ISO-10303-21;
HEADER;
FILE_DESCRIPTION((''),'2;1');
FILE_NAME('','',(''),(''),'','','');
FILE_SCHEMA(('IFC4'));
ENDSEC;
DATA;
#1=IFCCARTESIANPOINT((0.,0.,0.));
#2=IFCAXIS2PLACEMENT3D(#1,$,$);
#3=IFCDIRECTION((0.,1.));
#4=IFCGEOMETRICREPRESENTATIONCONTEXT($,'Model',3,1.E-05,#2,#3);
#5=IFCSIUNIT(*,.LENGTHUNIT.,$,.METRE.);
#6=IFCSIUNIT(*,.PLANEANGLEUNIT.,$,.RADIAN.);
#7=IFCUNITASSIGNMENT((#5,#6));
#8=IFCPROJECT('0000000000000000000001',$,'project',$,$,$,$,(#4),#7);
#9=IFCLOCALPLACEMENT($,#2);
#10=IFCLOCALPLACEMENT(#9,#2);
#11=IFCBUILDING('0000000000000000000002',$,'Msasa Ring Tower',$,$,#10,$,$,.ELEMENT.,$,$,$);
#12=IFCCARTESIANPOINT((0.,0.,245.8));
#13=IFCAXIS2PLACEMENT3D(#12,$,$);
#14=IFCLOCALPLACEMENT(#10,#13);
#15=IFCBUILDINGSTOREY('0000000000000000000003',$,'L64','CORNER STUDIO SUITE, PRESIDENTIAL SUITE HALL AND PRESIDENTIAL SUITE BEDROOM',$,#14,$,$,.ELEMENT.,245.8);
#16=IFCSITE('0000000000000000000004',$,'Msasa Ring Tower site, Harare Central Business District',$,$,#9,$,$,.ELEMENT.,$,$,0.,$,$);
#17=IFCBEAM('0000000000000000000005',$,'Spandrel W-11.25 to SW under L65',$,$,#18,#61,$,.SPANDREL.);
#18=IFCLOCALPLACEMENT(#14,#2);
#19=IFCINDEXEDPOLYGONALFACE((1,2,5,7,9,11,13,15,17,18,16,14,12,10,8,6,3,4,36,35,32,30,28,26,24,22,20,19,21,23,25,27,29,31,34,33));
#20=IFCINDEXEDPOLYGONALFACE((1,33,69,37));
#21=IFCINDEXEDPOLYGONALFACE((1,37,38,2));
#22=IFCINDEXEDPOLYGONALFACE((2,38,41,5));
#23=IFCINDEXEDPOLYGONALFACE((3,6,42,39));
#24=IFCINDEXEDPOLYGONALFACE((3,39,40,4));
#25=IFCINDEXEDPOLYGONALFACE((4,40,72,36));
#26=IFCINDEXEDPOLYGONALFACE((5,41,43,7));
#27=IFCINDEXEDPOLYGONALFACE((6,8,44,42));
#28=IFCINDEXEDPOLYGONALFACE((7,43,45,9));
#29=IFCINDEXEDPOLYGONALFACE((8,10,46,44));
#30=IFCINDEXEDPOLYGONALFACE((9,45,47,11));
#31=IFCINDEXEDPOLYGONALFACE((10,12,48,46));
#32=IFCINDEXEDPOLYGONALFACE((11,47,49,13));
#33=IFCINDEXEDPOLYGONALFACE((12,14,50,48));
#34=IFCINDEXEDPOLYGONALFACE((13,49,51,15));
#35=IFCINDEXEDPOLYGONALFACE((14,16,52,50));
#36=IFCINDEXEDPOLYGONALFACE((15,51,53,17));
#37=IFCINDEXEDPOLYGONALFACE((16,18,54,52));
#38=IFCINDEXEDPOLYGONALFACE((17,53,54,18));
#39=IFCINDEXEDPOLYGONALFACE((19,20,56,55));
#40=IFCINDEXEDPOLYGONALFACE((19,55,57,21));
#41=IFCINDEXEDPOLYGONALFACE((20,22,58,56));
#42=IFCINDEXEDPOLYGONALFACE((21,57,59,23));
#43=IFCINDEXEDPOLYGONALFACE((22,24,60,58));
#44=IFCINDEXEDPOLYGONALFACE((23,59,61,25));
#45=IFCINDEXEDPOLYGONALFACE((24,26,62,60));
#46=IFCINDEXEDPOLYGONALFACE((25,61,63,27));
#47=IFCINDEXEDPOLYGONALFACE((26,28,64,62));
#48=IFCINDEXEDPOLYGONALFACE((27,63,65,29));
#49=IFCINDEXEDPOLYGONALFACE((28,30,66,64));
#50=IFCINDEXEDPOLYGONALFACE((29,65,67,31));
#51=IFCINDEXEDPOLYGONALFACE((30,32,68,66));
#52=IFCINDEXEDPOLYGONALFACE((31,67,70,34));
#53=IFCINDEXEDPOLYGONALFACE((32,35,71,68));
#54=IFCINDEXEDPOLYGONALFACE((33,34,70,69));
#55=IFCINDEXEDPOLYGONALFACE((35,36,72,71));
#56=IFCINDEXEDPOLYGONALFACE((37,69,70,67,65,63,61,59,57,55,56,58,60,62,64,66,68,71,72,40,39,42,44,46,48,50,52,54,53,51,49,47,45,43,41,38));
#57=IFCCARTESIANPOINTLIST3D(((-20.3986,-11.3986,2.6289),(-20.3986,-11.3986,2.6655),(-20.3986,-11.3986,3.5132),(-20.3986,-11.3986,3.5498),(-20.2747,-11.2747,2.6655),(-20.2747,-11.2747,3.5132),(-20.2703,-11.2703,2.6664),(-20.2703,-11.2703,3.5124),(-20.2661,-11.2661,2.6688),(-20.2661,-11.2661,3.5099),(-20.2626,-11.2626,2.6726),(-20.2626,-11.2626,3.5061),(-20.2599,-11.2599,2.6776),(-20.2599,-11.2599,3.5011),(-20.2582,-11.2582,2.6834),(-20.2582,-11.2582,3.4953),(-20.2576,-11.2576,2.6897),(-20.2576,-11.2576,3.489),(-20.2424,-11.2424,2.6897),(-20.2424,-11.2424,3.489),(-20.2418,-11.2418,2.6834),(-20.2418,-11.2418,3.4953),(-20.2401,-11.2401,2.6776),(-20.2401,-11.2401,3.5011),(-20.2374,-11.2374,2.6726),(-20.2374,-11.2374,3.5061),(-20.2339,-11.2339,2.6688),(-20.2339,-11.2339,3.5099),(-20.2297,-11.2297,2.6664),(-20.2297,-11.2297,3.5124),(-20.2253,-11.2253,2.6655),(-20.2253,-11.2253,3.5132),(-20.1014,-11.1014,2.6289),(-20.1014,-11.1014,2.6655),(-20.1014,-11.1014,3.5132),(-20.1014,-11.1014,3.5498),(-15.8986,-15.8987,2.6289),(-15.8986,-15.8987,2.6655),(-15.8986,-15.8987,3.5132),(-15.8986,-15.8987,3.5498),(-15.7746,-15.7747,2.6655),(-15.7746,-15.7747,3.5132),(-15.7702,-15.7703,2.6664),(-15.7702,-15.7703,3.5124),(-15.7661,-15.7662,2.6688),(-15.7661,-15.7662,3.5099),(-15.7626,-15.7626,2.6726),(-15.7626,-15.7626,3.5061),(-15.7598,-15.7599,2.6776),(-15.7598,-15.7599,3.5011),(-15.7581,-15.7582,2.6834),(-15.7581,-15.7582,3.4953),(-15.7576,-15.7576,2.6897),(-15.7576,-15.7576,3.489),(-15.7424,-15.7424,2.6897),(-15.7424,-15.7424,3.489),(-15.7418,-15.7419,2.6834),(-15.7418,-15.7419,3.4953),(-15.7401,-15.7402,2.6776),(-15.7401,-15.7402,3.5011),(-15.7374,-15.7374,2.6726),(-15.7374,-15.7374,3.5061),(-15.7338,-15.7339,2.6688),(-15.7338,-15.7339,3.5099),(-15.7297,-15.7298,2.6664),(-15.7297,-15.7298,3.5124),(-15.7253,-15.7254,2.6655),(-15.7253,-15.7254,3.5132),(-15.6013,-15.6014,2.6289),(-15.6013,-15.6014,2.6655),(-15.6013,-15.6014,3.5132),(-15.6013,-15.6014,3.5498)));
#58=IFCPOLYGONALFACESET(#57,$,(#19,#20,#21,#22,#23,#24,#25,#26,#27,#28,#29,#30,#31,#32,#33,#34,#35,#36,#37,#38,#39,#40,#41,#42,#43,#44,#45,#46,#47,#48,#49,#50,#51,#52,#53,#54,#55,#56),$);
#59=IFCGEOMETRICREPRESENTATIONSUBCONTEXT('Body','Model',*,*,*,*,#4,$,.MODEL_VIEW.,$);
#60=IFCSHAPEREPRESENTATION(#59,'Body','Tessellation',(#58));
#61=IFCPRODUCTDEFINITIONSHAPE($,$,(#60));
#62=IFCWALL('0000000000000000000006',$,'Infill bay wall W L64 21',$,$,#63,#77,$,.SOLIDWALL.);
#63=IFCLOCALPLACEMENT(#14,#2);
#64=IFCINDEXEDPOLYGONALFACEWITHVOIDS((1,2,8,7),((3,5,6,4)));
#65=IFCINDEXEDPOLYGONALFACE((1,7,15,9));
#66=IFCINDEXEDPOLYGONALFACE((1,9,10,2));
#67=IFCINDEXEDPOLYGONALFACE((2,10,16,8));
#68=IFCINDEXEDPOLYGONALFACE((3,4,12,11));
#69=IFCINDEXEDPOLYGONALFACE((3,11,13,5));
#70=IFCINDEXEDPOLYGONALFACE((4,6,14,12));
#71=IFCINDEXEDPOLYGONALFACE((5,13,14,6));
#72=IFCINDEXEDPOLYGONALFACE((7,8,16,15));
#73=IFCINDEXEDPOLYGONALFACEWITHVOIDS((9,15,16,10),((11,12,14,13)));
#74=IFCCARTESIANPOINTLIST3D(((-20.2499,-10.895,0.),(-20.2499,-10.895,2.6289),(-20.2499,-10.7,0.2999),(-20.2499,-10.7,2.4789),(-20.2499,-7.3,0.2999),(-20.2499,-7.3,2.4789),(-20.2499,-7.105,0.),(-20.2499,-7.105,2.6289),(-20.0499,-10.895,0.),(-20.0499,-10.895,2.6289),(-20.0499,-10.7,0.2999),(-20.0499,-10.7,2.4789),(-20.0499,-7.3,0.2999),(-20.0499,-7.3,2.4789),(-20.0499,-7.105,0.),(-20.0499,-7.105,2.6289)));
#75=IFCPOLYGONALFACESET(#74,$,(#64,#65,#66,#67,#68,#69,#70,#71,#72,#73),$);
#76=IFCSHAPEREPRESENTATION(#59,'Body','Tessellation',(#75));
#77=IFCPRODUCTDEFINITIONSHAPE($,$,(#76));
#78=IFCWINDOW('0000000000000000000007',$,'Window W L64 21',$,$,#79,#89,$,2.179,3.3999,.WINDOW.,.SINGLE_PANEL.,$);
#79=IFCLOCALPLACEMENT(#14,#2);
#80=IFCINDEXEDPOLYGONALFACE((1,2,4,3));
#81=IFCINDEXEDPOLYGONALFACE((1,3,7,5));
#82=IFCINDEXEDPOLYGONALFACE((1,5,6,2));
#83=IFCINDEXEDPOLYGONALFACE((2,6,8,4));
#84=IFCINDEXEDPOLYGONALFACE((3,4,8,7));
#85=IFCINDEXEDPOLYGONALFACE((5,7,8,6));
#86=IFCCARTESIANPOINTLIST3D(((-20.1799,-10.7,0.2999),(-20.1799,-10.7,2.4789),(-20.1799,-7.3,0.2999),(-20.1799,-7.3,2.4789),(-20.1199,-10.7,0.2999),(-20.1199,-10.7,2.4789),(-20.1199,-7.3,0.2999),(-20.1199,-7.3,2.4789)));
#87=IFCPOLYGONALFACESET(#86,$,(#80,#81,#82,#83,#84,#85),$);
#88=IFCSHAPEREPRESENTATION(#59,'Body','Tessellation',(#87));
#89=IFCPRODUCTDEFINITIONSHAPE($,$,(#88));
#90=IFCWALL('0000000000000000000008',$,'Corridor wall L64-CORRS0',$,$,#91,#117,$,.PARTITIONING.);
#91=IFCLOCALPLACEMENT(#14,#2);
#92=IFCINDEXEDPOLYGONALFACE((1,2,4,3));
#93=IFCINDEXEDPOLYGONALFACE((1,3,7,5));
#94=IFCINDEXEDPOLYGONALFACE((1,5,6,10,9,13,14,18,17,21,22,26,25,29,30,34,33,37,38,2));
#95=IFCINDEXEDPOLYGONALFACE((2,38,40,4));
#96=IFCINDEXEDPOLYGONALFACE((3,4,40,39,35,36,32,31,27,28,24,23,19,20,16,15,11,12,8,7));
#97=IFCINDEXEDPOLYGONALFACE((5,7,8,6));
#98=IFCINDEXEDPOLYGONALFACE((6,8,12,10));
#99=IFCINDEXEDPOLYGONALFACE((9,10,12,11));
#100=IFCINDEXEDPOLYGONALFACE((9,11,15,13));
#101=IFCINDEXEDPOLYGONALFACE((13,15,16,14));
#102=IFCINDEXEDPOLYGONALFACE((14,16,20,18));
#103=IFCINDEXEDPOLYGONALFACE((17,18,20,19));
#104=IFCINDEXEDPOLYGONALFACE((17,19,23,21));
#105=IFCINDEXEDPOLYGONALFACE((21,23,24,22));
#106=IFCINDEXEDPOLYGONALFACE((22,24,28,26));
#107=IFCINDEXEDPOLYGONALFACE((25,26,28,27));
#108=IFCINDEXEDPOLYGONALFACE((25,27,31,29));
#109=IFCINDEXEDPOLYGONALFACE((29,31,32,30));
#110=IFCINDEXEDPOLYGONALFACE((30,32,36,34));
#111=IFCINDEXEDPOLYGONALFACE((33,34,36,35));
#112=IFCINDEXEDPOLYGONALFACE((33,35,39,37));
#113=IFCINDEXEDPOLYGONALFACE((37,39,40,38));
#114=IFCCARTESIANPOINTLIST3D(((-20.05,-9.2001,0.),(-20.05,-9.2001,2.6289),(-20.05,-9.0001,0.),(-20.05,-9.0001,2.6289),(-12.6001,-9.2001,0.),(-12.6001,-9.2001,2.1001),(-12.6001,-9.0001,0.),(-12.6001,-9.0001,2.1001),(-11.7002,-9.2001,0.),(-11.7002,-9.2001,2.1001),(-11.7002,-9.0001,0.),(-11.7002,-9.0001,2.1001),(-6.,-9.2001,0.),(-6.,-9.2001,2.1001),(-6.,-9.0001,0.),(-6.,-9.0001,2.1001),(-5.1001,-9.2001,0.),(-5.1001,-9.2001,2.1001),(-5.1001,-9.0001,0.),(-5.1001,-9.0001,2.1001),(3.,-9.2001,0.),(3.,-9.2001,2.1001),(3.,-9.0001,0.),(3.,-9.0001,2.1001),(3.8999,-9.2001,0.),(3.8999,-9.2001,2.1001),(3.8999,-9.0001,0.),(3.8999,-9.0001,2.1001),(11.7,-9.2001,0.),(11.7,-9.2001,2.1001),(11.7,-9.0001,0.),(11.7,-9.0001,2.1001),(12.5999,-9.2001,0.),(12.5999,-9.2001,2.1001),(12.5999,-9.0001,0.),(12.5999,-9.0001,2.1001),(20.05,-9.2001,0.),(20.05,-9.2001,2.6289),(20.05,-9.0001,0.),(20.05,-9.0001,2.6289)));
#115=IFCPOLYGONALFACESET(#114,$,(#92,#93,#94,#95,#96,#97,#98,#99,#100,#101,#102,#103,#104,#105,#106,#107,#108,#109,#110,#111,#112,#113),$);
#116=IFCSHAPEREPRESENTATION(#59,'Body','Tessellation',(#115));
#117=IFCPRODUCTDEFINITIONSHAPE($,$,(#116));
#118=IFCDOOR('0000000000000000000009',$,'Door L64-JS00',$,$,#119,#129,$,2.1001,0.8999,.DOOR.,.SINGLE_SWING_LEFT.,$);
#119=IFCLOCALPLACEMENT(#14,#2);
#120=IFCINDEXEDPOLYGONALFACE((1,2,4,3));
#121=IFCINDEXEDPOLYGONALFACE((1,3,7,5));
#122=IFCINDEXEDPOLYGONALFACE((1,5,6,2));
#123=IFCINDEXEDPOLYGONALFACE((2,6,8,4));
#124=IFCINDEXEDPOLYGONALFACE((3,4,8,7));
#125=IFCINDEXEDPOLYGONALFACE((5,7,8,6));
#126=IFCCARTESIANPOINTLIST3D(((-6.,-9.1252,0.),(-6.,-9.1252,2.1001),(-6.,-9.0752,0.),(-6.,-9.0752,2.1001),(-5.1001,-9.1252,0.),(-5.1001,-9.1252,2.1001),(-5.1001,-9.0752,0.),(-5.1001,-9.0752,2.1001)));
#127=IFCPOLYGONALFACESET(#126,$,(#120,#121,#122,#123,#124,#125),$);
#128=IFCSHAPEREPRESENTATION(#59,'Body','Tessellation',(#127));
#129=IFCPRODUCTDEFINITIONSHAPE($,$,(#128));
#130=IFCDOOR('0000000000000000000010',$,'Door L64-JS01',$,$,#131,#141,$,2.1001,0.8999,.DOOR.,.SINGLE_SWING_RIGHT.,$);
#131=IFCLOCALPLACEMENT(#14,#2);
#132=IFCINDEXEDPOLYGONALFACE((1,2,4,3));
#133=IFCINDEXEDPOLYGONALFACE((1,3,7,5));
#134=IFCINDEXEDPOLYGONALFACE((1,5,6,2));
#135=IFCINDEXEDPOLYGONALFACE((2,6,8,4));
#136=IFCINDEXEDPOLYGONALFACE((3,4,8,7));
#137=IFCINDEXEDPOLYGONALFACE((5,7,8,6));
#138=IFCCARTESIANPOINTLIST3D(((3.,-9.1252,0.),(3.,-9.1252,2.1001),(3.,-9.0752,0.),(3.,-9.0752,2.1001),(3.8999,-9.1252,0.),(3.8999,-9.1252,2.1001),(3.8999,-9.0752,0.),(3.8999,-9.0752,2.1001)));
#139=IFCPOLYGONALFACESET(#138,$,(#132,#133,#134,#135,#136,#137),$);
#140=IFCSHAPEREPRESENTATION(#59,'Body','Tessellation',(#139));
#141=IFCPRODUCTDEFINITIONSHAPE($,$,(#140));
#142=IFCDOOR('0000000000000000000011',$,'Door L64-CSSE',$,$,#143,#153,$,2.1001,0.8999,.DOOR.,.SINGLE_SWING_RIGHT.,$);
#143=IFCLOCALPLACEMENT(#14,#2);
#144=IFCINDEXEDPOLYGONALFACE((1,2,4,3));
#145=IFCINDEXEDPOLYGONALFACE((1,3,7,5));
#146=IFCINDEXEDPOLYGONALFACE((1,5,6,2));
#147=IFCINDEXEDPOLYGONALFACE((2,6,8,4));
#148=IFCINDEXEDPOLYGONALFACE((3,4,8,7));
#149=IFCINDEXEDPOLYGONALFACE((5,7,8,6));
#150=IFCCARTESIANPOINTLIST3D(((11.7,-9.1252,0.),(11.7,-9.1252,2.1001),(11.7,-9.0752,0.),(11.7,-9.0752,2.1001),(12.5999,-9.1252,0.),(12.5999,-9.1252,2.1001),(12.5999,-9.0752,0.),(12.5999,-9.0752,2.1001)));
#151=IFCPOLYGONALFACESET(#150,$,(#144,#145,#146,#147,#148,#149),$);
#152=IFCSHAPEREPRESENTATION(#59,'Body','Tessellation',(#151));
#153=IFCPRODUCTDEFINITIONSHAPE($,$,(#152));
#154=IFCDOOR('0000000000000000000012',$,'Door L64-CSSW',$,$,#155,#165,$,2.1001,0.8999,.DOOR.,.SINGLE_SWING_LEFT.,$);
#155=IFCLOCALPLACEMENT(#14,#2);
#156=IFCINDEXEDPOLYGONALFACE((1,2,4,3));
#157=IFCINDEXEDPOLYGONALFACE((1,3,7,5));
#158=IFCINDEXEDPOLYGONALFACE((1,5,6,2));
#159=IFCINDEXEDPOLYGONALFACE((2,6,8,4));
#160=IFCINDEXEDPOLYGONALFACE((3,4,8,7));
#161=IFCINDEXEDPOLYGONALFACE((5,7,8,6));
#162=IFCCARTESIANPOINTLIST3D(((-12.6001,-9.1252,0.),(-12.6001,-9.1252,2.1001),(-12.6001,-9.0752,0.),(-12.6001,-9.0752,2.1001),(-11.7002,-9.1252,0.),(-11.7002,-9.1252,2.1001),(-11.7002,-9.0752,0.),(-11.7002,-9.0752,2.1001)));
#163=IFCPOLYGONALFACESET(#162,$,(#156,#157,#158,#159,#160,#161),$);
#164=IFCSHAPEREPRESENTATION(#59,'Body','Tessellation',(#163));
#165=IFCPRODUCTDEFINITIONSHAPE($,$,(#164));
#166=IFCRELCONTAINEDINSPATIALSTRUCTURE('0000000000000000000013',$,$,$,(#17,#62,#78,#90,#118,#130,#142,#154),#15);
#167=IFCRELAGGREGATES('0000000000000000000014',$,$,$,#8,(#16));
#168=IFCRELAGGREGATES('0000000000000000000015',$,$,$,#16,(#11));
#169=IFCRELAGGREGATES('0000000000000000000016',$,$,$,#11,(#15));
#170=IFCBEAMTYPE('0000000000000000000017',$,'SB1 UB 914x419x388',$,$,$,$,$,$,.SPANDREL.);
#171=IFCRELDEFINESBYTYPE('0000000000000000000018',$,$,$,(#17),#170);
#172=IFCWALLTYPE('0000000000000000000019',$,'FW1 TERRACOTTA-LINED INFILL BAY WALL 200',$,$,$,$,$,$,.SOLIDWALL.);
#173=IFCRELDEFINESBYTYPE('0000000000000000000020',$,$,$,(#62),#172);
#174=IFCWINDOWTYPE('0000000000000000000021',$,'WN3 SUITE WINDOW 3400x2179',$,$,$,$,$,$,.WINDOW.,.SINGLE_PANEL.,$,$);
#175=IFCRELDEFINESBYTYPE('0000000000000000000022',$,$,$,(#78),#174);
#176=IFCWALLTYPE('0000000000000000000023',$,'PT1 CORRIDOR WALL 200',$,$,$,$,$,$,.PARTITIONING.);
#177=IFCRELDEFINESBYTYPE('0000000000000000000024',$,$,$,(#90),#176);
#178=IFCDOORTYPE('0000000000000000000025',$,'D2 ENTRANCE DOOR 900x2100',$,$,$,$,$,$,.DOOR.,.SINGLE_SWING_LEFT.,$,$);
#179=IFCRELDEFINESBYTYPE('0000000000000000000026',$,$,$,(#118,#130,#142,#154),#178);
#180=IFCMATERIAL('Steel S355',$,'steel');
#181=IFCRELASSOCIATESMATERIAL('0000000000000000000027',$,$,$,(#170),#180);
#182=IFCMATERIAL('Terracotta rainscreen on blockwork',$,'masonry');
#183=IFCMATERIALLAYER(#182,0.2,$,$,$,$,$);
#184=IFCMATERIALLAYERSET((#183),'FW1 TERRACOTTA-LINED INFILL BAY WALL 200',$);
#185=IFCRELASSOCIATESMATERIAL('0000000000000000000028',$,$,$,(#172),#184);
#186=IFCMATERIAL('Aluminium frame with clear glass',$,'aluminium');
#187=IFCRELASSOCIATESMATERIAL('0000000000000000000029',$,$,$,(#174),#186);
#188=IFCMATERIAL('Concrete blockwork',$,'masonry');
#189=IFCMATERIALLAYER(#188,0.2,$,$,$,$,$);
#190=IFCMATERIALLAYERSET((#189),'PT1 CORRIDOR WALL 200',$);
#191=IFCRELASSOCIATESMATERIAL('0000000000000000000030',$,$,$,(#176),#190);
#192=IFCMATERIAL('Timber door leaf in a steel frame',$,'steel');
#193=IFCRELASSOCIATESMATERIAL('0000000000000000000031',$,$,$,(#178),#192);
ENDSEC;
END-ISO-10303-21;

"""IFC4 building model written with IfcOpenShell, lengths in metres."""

from ifc_helpers import new_model, si_unit, direction, frame, frame_2d, origin, origin_2d, place, context, subcontext, project, spatial, rectangle, i_section, extrude, material, layer, layer_set, material_profile, profile_set, type_object, element, fill, save


model = new_model("IFC4")

# Units and contexts
model_context = context("Model", 3, precision=1e-05, world=origin(), true_north=direction((0.0, 1.0)))
body_context = subcontext(model_context, "Body", "Model", "MODEL_VIEW")
ifc_project = project(units=[si_unit("LENGTHUNIT", "METRE"), si_unit("PLANEANGLEUNIT", "RADIAN")], contexts=[model_context])

# Site, building, storey
site_placement = place(None, origin())
site = spatial("IfcSite", under=ifc_project, at=site_placement, Name="Msasa Ring Tower site, Harare Central Business District", CompositionType="ELEMENT", RefElevation=0.0)
building_placement = place(site_placement, origin())
building = spatial("IfcBuilding", under=site, at=building_placement, Name="Msasa Ring Tower", CompositionType="ELEMENT")
storey_placement = place(building_placement, frame((0.0, 0.0, 245.8)))
storey = spatial("IfcBuildingStorey", under=building, at=storey_placement, Name="L64", Description="CORNER STUDIO SUITE, PRESIDENTIAL SUITE HALL AND PRESIDENTIAL SUITE BEDROOM", CompositionType="ELEMENT", Elevation=245.8)

# Beam
ifc_material_1 = material(Name="Steel S355", Category="steel")
ifc_material_profile_1 = material_profile(ifc_material_1, i_section(OverallWidth=0.4204, OverallDepth=0.9209, WebThickness=0.0215, FlangeThickness=0.0366, FilletRadius=0.0242, at=origin_2d()), Name="UB 914x419x388")
ifc_profile_set_1 = profile_set([ifc_material_profile_1], Name="Steel S355")
beam_type_1 = type_object("IfcBeamType", Name="SB1 UB 914x419x388", PredefinedType="SPANDREL", material=ifc_profile_set_1)
beam_1_placement = place(storey_placement, frame((-20.25, -11.25, 3.0894), z_axis=(0.707107, -0.707107, 0.0), x_axis=(0.707107, 0.707107, 0.0)))
element("IfcBeam", 1, at=beam_1_placement, inside=storey, type_object=beam_type_1, Name="Spandrel W-11.25 to SW under L65", PredefinedType="SPANDREL", context=body_context, shape_type="SweptSolid", body=[
    extrude(i_section(OverallWidth=0.4204, OverallDepth=0.9209, WebThickness=0.0215, FlangeThickness=0.0366, FilletRadius=0.0242, at=origin_2d()), origin(), (0.0, 0.0, 1.0), 6.364),
])

# Wall, opening, window
ifc_material_2 = material(Name="Terracotta rainscreen on blockwork", Category="masonry")
ifc_layer_1 = layer(ifc_material_2, 0.2)
ifc_layer_set_1 = layer_set([ifc_layer_1], Name="FW1 TERRACOTTA-LINED INFILL BAY WALL 200")
wall_type_1 = type_object("IfcWallType", Name="FW1 TERRACOTTA-LINED INFILL BAY WALL 200", PredefinedType="SOLIDWALL", material=ifc_layer_set_1)
wall_1_placement = place(storey_placement, frame((-20.1499, -10.895, 0.0), z_axis=(0.0, 0.0, 1.0), x_axis=(0.0, 1.0, 0.0)))
wall_1 = element("IfcWall", 2, at=wall_1_placement, inside=storey, type_object=wall_type_1, Name="Infill bay wall W L64 21", PredefinedType="SOLIDWALL", context=body_context, shape_type="SweptSolid", body=[
    extrude(rectangle(XDim=3.79, YDim=0.2, at=frame_2d((1.895, 0.0))), origin(), (0.0, 0.0, 1.0), 2.6289),
])
opening_1_placement = place(wall_1_placement, frame((0.1951, 0.0, 0.3)))
opening_1 = element("IfcOpeningElement", 3, at=opening_1_placement, cuts=wall_1, PredefinedType="OPENING", context=body_context, shape_type="SweptSolid", body=[
    extrude(rectangle(XDim=3.3999, YDim=2.179, at=frame_2d((1.7, 1.0894))), frame((0.0, 0.1099, 0.0), z_axis=(0.0, -1.0, 0.0), x_axis=(1.0, 0.0, 0.0)), (0.0, 0.0, 1.0), 0.22),
])
ifc_material_3 = material(Name="Aluminium frame with clear glass", Category="aluminium")
window_type = type_object("IfcWindowType", Name="WN3 SUITE WINDOW 3400x2179", PartitioningType="SINGLE_PANEL", PredefinedType="WINDOW", material=ifc_material_3)
window_placement = place(opening_1_placement, origin())
window = element("IfcWindow", 4, at=window_placement, inside=storey, type_object=window_type, Name="Window W L64 21", OverallHeight=2.179, OverallWidth=3.3999, PartitioningType="SINGLE_PANEL", PredefinedType="WINDOW", context=body_context, shape_type="SweptSolid", body=[
    extrude(rectangle(XDim=3.3999, YDim=2.179, at=frame_2d((1.7, 1.0894))), frame((0.0, 0.03, 0.0), z_axis=(0.0, -1.0, 0.0), x_axis=(1.0, 0.0, 0.0)), (0.0, 0.0, 1.0), 0.0601),
])
fill(opening_1, window)

# Wall, openings, doors
ifc_material_4 = material(Name="Concrete blockwork", Category="masonry")
ifc_layer_2 = layer(ifc_material_4, 0.2)
ifc_layer_set_2 = layer_set([ifc_layer_2], Name="PT1 CORRIDOR WALL 200")
wall_type_2 = type_object("IfcWallType", Name="PT1 CORRIDOR WALL 200", PredefinedType="PARTITIONING", material=ifc_layer_set_2)
wall_2_placement = place(storey_placement, frame((-20.05, -9.1001, 0.0), z_axis=(0.0, 0.0, 1.0), x_axis=(1.0, 0.0, 0.0)))
wall_2 = element("IfcWall", 5, at=wall_2_placement, inside=storey, type_object=wall_type_2, Name="Corridor wall L64-CORRS0", PredefinedType="PARTITIONING", context=body_context, shape_type="SweptSolid", body=[
    extrude(rectangle(XDim=40.1001, YDim=0.2, at=frame_2d((20.05, 0.0))), origin(), (0.0, 0.0, 1.0), 2.6289),
])
opening_2_placement = place(wall_2_placement, frame((14.05, 0.0, 0.0)))
opening_2 = element("IfcOpeningElement", 6, at=opening_2_placement, cuts=wall_2, PredefinedType="OPENING", context=body_context, shape_type="SweptSolid", body=[
    extrude(rectangle(XDim=0.8999, YDim=2.1001, at=frame_2d((0.45, 1.05))), frame((0.0, 0.1099, 0.0), z_axis=(0.0, -1.0, 0.0), x_axis=(1.0, 0.0, 0.0)), (0.0, 0.0, 1.0), 0.22),
])
opening_3_placement = place(wall_2_placement, frame((23.05, 0.0, 0.0)))
opening_3 = element("IfcOpeningElement", 7, at=opening_3_placement, cuts=wall_2, PredefinedType="OPENING", context=body_context, shape_type="SweptSolid", body=[
    extrude(rectangle(XDim=0.8999, YDim=2.1001, at=frame_2d((0.45, 1.05))), frame((0.0, 0.1099, 0.0), z_axis=(0.0, -1.0, 0.0), x_axis=(1.0, 0.0, 0.0)), (0.0, 0.0, 1.0), 0.22),
])
opening_4_placement = place(wall_2_placement, frame((31.75, 0.0, 0.0)))
opening_4 = element("IfcOpeningElement", 8, at=opening_4_placement, cuts=wall_2, PredefinedType="OPENING", context=body_context, shape_type="SweptSolid", body=[
    extrude(rectangle(XDim=0.8999, YDim=2.1001, at=frame_2d((0.45, 1.05))), frame((0.0, 0.1099, 0.0), z_axis=(0.0, -1.0, 0.0), x_axis=(1.0, 0.0, 0.0)), (0.0, 0.0, 1.0), 0.22),
])
opening_5_placement = place(wall_2_placement, frame((7.45, 0.0, 0.0)))
opening_5 = element("IfcOpeningElement", 9, at=opening_5_placement, cuts=wall_2, PredefinedType="OPENING", context=body_context, shape_type="SweptSolid", body=[
    extrude(rectangle(XDim=0.8999, YDim=2.1001, at=frame_2d((0.45, 1.05))), frame((0.0, 0.1099, 0.0), z_axis=(0.0, -1.0, 0.0), x_axis=(1.0, 0.0, 0.0)), (0.0, 0.0, 1.0), 0.22),
])
ifc_material_5 = material(Name="Timber door leaf in a steel frame", Category="steel")
door_type_1 = type_object("IfcDoorType", Name="D2 ENTRANCE DOOR 900x2100", OperationType="SINGLE_SWING_LEFT", PredefinedType="DOOR", material=ifc_material_5)
door_1_placement = place(opening_2_placement, origin())
door_1 = element("IfcDoor", 10, at=door_1_placement, inside=storey, type_object=door_type_1, Name="Door L64-JS00", OperationType="SINGLE_SWING_LEFT", OverallHeight=2.1001, OverallWidth=0.8999, PredefinedType="DOOR", context=body_context, shape_type="SweptSolid", body=[
    extrude(rectangle(XDim=0.8999, YDim=2.1001, at=frame_2d((0.45, 1.05))), frame((0.0, 0.0249, 0.0), z_axis=(0.0, -1.0, 0.0), x_axis=(1.0, 0.0, 0.0)), (0.0, 0.0, 1.0), 0.05),
])
fill(opening_2, door_1)
door_2_placement = place(opening_3_placement, origin())
door_2 = element("IfcDoor", 11, at=door_2_placement, inside=storey, type_object=door_type_1, Name="Door L64-JS01", OperationType="SINGLE_SWING_RIGHT", OverallHeight=2.1001, OverallWidth=0.8999, PredefinedType="DOOR", context=body_context, shape_type="SweptSolid", body=[
    extrude(rectangle(XDim=0.8999, YDim=2.1001, at=frame_2d((0.45, 1.05))), frame((0.0, 0.0249, 0.0), z_axis=(0.0, -1.0, 0.0), x_axis=(1.0, 0.0, 0.0)), (0.0, 0.0, 1.0), 0.05),
])
fill(opening_3, door_2)
door_3_placement = place(opening_4_placement, origin())
door_3 = element("IfcDoor", 12, at=door_3_placement, inside=storey, type_object=door_type_1, Name="Door L64-CSSE", OperationType="SINGLE_SWING_RIGHT", OverallHeight=2.1001, OverallWidth=0.8999, PredefinedType="DOOR", context=body_context, shape_type="SweptSolid", body=[
    extrude(rectangle(XDim=0.8999, YDim=2.1001, at=frame_2d((0.45, 1.05))), frame((0.0, 0.0249, 0.0), z_axis=(0.0, -1.0, 0.0), x_axis=(1.0, 0.0, 0.0)), (0.0, 0.0, 1.0), 0.05),
])
fill(opening_4, door_3)
door_4_placement = place(opening_5_placement, origin())
door_4 = element("IfcDoor", 13, at=door_4_placement, inside=storey, type_object=door_type_1, Name="Door L64-CSSW", OperationType="SINGLE_SWING_LEFT", OverallHeight=2.1001, OverallWidth=0.8999, PredefinedType="DOOR", context=body_context, shape_type="SweptSolid", body=[
    extrude(rectangle(XDim=0.8999, YDim=2.1001, at=frame_2d((0.45, 1.05))), frame((0.0, 0.0249, 0.0), z_axis=(0.0, -1.0, 0.0), x_axis=(1.0, 0.0, 0.0)), (0.0, 0.0, 1.0), 0.05),
])
fill(opening_5, door_4)

save(model, "model.ifc")
